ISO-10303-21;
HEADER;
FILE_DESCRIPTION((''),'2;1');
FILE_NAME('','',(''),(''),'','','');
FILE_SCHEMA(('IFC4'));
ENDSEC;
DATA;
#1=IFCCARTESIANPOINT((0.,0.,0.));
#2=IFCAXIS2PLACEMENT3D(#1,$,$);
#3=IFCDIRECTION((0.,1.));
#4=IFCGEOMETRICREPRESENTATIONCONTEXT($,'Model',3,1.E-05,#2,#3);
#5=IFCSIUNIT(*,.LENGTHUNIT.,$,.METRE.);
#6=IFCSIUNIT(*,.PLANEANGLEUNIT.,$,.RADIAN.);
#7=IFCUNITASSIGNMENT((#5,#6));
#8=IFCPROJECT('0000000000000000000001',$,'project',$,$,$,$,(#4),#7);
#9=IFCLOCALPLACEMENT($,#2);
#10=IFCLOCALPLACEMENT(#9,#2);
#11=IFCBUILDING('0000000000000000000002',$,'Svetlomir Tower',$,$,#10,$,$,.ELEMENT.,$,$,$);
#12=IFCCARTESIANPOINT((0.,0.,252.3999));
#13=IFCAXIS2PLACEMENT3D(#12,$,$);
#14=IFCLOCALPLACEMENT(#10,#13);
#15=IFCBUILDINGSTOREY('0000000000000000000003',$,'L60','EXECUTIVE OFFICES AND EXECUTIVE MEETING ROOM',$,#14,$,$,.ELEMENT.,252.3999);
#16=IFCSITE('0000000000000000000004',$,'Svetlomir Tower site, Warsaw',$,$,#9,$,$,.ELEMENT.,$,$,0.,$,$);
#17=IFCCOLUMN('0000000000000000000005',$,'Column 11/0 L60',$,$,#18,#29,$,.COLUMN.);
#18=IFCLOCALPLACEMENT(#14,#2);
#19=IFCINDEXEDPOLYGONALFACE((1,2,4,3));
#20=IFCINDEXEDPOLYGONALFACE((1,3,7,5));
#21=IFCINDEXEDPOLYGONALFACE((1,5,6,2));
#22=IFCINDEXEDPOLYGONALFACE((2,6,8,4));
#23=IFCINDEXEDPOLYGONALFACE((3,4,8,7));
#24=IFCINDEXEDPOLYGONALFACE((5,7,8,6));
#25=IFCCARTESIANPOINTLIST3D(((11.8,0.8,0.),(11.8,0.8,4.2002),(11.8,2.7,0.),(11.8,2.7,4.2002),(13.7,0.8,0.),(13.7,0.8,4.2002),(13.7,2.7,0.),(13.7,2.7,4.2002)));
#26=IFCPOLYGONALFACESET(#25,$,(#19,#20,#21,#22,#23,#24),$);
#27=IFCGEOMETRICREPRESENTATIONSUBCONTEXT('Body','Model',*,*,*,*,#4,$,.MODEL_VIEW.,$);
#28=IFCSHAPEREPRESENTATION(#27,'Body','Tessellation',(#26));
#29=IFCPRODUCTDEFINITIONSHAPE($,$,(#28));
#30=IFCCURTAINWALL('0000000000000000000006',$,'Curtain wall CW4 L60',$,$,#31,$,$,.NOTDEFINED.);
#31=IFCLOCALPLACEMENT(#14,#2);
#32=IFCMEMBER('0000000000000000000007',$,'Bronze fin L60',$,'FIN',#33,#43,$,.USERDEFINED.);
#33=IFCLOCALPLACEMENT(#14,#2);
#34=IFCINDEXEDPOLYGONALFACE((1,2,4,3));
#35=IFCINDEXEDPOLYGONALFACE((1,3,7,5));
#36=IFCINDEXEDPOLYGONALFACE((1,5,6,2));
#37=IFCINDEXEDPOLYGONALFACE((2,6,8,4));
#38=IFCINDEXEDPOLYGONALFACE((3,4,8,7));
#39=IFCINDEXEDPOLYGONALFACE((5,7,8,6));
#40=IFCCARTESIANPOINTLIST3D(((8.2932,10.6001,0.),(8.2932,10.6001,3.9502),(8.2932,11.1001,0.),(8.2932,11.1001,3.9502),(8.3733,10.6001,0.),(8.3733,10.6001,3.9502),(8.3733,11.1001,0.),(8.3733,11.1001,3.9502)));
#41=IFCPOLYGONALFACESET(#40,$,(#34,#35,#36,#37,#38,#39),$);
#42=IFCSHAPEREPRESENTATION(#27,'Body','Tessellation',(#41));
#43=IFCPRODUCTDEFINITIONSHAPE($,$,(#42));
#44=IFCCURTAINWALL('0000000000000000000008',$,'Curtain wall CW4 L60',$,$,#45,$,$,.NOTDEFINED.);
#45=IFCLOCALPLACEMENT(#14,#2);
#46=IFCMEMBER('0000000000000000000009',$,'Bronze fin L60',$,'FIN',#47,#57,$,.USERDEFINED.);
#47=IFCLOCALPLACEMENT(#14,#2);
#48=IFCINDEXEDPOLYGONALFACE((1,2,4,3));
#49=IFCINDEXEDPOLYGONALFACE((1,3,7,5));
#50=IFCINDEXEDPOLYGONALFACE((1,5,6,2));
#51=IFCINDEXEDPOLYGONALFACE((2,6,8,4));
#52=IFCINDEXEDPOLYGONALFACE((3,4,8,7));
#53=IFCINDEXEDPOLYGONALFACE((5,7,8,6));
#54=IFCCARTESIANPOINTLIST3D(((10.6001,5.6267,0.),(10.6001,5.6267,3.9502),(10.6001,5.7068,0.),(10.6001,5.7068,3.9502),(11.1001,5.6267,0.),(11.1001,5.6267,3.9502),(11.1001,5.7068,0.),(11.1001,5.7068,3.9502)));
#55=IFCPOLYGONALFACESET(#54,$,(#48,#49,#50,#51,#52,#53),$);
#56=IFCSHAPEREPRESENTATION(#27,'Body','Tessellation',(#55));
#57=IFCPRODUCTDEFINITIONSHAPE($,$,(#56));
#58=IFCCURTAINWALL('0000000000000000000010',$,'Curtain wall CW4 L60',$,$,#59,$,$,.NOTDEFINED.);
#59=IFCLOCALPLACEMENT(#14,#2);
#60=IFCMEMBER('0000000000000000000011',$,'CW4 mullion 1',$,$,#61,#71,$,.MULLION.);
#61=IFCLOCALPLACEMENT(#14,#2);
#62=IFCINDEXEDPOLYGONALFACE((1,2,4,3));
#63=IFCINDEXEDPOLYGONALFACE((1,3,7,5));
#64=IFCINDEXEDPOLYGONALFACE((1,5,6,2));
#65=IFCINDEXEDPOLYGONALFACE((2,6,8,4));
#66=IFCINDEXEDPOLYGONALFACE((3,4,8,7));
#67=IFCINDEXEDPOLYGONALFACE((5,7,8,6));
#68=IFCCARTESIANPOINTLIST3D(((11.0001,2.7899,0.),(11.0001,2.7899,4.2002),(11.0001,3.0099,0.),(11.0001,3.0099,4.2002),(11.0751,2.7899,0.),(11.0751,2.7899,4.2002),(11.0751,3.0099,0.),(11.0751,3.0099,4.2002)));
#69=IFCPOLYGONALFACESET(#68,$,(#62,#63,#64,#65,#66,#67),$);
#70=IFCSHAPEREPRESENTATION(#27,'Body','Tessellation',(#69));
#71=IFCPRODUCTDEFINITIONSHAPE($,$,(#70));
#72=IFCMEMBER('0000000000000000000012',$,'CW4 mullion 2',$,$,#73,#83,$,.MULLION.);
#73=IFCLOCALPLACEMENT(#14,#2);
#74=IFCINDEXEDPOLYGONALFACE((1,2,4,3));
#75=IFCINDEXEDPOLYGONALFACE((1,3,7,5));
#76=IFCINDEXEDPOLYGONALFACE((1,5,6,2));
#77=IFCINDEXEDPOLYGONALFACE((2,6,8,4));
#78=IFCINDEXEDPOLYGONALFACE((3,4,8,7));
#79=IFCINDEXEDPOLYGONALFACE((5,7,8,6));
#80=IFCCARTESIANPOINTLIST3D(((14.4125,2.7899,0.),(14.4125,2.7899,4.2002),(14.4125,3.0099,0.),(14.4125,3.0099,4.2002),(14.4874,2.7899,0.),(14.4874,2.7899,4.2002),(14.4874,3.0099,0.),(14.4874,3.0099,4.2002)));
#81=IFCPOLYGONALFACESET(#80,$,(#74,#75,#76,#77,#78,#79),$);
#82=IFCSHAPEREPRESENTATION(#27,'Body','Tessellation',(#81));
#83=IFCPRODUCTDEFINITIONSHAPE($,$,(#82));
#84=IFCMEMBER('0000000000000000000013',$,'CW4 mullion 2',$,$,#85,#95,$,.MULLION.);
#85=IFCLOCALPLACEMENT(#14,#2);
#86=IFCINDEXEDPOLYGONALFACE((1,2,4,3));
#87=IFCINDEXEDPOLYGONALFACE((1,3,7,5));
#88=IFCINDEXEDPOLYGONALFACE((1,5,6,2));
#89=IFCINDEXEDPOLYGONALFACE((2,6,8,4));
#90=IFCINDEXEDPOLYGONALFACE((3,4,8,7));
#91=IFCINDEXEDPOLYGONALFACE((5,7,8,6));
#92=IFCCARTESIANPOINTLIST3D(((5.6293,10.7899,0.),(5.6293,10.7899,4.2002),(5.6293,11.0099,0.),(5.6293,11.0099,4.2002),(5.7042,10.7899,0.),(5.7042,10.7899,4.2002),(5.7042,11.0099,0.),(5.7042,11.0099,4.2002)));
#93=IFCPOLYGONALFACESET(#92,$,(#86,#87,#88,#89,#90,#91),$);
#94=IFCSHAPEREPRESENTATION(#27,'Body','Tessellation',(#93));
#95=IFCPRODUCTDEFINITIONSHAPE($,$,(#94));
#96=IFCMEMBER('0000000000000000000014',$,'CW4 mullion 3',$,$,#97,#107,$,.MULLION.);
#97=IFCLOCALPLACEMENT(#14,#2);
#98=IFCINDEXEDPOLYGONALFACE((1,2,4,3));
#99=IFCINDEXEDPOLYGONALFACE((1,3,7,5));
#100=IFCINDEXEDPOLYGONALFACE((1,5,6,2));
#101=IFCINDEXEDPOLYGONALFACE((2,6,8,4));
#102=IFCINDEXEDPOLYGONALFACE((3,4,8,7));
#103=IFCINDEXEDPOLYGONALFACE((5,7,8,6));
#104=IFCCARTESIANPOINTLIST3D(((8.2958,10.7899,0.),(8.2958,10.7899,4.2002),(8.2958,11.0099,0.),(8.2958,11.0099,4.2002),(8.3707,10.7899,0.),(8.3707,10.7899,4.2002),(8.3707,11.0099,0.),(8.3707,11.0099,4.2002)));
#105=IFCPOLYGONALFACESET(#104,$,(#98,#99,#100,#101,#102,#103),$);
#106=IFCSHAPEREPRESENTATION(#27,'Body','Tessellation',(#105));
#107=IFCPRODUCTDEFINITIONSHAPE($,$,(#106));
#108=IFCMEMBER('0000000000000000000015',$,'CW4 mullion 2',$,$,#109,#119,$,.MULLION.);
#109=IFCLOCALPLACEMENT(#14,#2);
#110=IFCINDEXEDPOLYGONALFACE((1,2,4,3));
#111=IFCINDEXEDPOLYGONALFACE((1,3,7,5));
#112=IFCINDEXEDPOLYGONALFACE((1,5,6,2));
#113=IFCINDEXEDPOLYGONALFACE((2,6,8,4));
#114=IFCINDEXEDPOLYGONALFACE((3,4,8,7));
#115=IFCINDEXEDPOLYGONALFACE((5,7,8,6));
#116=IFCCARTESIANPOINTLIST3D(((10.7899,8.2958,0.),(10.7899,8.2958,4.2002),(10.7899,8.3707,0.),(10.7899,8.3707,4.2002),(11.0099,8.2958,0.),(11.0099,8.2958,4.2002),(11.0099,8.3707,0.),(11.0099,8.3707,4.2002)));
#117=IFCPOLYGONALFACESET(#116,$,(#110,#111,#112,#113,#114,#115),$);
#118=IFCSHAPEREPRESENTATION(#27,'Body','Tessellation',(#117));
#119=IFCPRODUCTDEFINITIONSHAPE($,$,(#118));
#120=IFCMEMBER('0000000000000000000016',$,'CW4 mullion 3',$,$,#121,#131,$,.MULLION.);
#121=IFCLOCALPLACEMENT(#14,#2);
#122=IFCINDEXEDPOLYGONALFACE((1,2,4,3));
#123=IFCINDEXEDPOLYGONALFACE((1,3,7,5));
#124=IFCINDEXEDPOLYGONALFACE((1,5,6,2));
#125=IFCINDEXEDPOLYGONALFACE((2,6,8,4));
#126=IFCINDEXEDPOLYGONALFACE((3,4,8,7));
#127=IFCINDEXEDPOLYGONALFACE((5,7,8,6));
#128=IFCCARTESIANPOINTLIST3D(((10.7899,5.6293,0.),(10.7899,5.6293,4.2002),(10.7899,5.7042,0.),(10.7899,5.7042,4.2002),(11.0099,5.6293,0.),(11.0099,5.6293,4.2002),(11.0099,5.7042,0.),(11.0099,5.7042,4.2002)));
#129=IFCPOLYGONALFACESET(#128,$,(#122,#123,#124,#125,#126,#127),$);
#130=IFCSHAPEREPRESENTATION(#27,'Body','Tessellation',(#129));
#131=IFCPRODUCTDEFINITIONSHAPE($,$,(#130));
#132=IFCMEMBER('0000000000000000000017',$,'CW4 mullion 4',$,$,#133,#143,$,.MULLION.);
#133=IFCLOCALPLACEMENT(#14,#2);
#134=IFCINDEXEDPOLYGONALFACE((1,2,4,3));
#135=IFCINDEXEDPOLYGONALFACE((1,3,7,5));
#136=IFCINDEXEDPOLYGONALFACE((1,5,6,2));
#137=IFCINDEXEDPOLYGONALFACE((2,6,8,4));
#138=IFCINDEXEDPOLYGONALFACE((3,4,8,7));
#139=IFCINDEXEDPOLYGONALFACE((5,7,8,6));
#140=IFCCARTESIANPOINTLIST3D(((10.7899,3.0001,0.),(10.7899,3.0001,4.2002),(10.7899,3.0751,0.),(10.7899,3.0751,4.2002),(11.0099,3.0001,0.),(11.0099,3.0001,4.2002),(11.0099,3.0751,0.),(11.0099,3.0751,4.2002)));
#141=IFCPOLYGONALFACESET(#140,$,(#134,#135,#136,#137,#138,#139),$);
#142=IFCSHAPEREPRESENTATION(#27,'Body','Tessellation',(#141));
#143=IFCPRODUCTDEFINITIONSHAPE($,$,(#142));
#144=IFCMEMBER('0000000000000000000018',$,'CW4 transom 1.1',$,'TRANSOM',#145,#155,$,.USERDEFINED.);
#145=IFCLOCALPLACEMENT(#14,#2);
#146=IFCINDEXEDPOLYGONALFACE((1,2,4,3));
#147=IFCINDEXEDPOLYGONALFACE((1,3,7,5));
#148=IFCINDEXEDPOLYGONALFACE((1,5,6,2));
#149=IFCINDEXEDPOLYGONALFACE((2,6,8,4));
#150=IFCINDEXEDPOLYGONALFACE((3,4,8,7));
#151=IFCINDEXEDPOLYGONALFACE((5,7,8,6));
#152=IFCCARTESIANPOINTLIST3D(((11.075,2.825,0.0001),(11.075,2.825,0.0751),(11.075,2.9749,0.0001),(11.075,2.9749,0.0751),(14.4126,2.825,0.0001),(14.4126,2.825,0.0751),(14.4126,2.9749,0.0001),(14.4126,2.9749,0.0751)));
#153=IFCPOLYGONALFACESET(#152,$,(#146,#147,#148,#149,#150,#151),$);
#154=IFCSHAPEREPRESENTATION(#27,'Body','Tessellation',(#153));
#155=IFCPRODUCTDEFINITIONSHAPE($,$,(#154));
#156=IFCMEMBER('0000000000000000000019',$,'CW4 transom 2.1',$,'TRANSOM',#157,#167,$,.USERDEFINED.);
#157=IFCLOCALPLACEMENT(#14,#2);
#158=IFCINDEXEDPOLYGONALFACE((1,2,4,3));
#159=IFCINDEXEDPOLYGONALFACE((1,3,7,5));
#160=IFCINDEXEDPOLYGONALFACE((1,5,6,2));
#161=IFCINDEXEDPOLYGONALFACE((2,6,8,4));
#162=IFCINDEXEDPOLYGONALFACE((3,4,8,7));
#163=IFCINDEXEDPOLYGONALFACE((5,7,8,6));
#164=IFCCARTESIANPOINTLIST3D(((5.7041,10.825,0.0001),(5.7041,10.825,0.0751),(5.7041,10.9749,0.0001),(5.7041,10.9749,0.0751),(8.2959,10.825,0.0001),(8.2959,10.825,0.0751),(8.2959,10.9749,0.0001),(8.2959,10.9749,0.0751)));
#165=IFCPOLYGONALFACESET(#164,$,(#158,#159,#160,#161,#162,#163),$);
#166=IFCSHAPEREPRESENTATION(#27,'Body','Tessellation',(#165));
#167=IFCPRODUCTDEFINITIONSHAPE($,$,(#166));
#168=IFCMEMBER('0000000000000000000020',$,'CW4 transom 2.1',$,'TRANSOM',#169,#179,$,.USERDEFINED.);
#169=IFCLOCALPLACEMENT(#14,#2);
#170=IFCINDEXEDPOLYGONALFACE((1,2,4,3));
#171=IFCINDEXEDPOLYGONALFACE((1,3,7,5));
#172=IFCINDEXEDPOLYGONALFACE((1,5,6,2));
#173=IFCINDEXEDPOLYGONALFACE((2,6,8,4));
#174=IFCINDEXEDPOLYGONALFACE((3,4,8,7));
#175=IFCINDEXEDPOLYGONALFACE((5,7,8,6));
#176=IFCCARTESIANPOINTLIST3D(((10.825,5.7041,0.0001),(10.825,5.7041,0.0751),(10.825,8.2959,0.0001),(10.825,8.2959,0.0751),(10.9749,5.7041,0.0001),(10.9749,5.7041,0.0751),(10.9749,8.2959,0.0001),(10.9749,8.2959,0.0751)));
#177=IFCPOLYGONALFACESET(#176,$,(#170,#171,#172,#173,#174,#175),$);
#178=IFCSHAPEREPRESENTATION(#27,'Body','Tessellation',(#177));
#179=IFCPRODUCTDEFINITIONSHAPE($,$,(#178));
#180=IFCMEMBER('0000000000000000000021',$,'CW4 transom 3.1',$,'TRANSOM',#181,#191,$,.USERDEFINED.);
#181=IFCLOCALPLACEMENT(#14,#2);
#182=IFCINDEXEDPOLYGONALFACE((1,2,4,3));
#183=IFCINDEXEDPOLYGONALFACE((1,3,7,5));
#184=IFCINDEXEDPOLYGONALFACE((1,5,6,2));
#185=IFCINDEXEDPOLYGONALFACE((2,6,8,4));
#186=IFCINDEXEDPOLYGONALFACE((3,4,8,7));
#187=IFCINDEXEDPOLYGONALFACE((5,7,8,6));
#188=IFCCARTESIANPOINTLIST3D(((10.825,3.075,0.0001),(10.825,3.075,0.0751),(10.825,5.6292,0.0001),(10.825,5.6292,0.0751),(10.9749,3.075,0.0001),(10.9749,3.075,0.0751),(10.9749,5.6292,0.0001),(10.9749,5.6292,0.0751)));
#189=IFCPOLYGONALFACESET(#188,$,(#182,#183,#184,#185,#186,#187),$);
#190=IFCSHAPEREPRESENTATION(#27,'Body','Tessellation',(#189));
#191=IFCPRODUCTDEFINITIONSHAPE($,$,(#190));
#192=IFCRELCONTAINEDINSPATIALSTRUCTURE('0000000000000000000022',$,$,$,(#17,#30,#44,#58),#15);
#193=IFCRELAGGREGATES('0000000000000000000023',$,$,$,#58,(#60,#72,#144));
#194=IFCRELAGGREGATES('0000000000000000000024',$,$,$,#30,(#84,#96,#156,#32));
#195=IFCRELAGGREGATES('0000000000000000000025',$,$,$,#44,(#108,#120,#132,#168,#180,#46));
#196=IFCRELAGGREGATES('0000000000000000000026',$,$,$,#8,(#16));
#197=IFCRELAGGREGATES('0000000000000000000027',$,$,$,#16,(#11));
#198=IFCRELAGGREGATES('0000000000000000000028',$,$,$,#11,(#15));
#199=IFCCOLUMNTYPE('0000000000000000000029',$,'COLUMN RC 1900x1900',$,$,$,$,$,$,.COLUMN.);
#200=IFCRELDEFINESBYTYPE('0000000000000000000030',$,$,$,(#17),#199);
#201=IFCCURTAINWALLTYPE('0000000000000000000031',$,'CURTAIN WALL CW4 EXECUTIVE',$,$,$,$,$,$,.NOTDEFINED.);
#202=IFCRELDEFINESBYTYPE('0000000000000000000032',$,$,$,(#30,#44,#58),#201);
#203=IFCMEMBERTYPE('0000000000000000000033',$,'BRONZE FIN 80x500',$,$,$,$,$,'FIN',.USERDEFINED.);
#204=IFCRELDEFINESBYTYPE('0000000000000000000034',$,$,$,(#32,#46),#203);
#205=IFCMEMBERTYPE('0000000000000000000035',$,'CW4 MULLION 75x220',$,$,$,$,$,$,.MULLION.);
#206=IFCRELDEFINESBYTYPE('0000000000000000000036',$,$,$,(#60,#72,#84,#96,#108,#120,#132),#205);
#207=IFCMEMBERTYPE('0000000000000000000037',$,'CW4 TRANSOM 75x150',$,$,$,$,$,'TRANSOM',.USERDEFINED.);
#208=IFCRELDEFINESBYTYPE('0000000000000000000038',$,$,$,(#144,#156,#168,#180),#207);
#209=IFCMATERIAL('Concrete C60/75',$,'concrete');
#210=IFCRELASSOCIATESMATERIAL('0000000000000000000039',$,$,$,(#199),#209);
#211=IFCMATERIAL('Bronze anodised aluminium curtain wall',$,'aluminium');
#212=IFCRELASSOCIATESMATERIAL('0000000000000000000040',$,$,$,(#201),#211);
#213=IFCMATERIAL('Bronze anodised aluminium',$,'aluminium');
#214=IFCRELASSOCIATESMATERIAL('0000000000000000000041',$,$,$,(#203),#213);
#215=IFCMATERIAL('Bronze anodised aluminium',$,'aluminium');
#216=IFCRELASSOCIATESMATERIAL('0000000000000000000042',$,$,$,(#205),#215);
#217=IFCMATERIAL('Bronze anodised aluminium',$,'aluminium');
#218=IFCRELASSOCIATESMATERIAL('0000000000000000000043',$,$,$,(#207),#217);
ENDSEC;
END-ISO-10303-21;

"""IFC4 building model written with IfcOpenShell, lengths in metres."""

from ifc_helpers import new_model, si_unit, direction, frame, origin, origin_2d, place, context, subcontext, project, spatial, rectangle, extrude, material, material_profile, profile_set, type_object, element, aggregate, save


model = new_model("IFC4")

# Units and contexts
model_context = context("Model", 3, precision=1e-05, world=origin(), true_north=direction((0.0, 1.0)))
body_context = subcontext(model_context, "Body", "Model", "MODEL_VIEW")
ifc_project = project(units=[si_unit("LENGTHUNIT", "METRE"), si_unit("PLANEANGLEUNIT", "RADIAN")], contexts=[model_context])

# Site, building, storey
site_placement = place(None, origin())
site = spatial("IfcSite", under=ifc_project, at=site_placement, Name="Svetlomir Tower site, Warsaw", CompositionType="ELEMENT", RefElevation=0.0)
building_placement = place(site_placement, origin())
building = spatial("IfcBuilding", under=site, at=building_placement, Name="Svetlomir Tower", CompositionType="ELEMENT")
storey_placement = place(building_placement, frame((0.0, 0.0, 252.3999)))
storey = spatial("IfcBuildingStorey", under=building, at=storey_placement, Name="L60", Description="EXECUTIVE OFFICES AND EXECUTIVE MEETING ROOM", CompositionType="ELEMENT", Elevation=252.3999)

# Column
ifc_material_1 = material(Name="Concrete C60/75", Category="concrete")
ifc_material_profile_1 = material_profile(ifc_material_1, rectangle(XDim=1.8999, YDim=1.8999, at=origin_2d()), Name="RC 1900x1900")
ifc_profile_set_1 = profile_set([ifc_material_profile_1], Name="Concrete C60/75")
column_type = type_object("IfcColumnType", Name="COLUMN RC 1900x1900", PredefinedType="COLUMN", material=ifc_profile_set_1)
column_placement = place(storey_placement, frame((12.75, 1.75, 0.0), z_axis=(0.0, 0.0, 1.0), x_axis=(1.0, 0.0, 0.0)))
element("IfcColumn", 1, at=column_placement, inside=storey, type_object=column_type, Name="Column 11/0 L60", PredefinedType="COLUMN", context=body_context, shape_type="SweptSolid", body=[
    extrude(rectangle(XDim=1.8999, YDim=1.8999, at=origin_2d()), origin(), (0.0, 0.0, 1.0), 4.2002),
])

# Curtain walls, members
ifc_material_2 = material(Name="Bronze anodised aluminium curtain wall", Category="aluminium")
curtain_wall_type = type_object("IfcCurtainWallType", Name="CURTAIN WALL CW4 EXECUTIVE", PredefinedType="NOTDEFINED", material=ifc_material_2)
curtain_wall_1_placement = place(storey_placement, origin())
curtain_wall_1 = element("IfcCurtainWall", 2, at=curtain_wall_1_placement, inside=storey, type_object=curtain_wall_type, Name="Curtain wall CW4 L60", PredefinedType="NOTDEFINED")
ifc_material_3 = material(Name="Bronze anodised aluminium", Category="aluminium")
ifc_material_profile_2 = material_profile(ifc_material_3, rectangle(XDim=0.0801, YDim=0.5, at=origin_2d()), Name="FIN 80x500")
ifc_profile_set_2 = profile_set([ifc_material_profile_2], Name="Bronze anodised aluminium 6063-T6")
member_type_1 = type_object("IfcMemberType", Name="BRONZE FIN 80x500", ElementType="FIN", PredefinedType="USERDEFINED", material=ifc_profile_set_2)
member_1_placement = place(storey_placement, frame((8.3333, 10.8501, 0.0), z_axis=(0.0, 0.0, 1.0), x_axis=(1.0, 0.0, 0.0)))
member_1 = element("IfcMember", 3, at=member_1_placement, type_object=member_type_1, Name="Bronze fin L60", ObjectType="FIN", PredefinedType="USERDEFINED", context=body_context, shape_type="SweptSolid", body=[
    extrude(rectangle(XDim=0.0801, YDim=0.5, at=origin_2d()), origin(), (0.0, 0.0, 1.0), 3.9502),
])
curtain_wall_2_placement = place(storey_placement, origin())
curtain_wall_2 = element("IfcCurtainWall", 4, at=curtain_wall_2_placement, inside=storey, type_object=curtain_wall_type, Name="Curtain wall CW4 L60", PredefinedType="NOTDEFINED")
member_2_placement = place(storey_placement, frame((10.8501, 5.6667, 0.0), z_axis=(0.0, 0.0, 1.0), x_axis=(0.0, 1.0, 0.0)))
member_2 = element("IfcMember", 5, at=member_2_placement, type_object=member_type_1, Name="Bronze fin L60", ObjectType="FIN", PredefinedType="USERDEFINED", context=body_context, shape_type="SweptSolid", body=[
    extrude(rectangle(XDim=0.0801, YDim=0.5, at=origin_2d()), origin(), (0.0, 0.0, 1.0), 3.9502),
])

# Curtain wall, members
curtain_wall_3_placement = place(storey_placement, origin())
curtain_wall_3 = element("IfcCurtainWall", 6, at=curtain_wall_3_placement, inside=storey, type_object=curtain_wall_type, Name="Curtain wall CW4 L60", PredefinedType="NOTDEFINED")
ifc_material_4 = material(Name="Bronze anodised aluminium", Category="aluminium")
ifc_material_profile_3 = material_profile(ifc_material_4, rectangle(XDim=0.075, YDim=0.22, at=origin_2d()), Name="AL 75x220")
ifc_profile_set_3 = profile_set([ifc_material_profile_3], Name="Bronze anodised aluminium 6063-T6")
member_type_2 = type_object("IfcMemberType", Name="CW4 MULLION 75x220", PredefinedType="MULLION", material=ifc_profile_set_3)
member_3_placement = place(storey_placement, frame((11.0376, 2.8999, 0.0), z_axis=(0.0, 0.0, 1.0), x_axis=(1.0, 0.0, 0.0)))
member_3 = element("IfcMember", 7, at=member_3_placement, type_object=member_type_2, Name="CW4 mullion 1", PredefinedType="MULLION", context=body_context, shape_type="SweptSolid", body=[
    extrude(rectangle(XDim=0.075, YDim=0.22, at=origin_2d()), origin(), (0.0, 0.0, 1.0), 4.2002),
])
member_4_placement = place(storey_placement, frame((14.45, 2.8999, 0.0), z_axis=(0.0, 0.0, 1.0), x_axis=(1.0, 0.0, 0.0)))
member_4 = element("IfcMember", 8, at=member_4_placement, type_object=member_type_2, Name="CW4 mullion 2", PredefinedType="MULLION", context=body_context, shape_type="SweptSolid", body=[
    extrude(rectangle(XDim=0.075, YDim=0.22, at=origin_2d()), origin(), (0.0, 0.0, 1.0), 4.2002),
])

# Members
member_5_placement = place(storey_placement, frame((5.6667, 10.8999, 0.0), z_axis=(0.0, 0.0, 1.0), x_axis=(1.0, 0.0, 0.0)))
member_5 = element("IfcMember", 9, at=member_5_placement, type_object=member_type_2, Name="CW4 mullion 2", PredefinedType="MULLION", context=body_context, shape_type="SweptSolid", body=[
    extrude(rectangle(XDim=0.075, YDim=0.22, at=origin_2d()), origin(), (0.0, 0.0, 1.0), 4.2002),
])
member_6_placement = place(storey_placement, frame((8.3333, 10.8999, 0.0), z_axis=(0.0, 0.0, 1.0), x_axis=(1.0, 0.0, 0.0)))
member_6 = element("IfcMember", 10, at=member_6_placement, type_object=member_type_2, Name="CW4 mullion 3", PredefinedType="MULLION", context=body_context, shape_type="SweptSolid", body=[
    extrude(rectangle(XDim=0.075, YDim=0.22, at=origin_2d()), origin(), (0.0, 0.0, 1.0), 4.2002),
])
member_7_placement = place(storey_placement, frame((10.8999, 8.3333, 0.0), z_axis=(0.0, 0.0, 1.0), x_axis=(0.0, -1.0, 0.0)))
member_7 = element("IfcMember", 11, at=member_7_placement, type_object=member_type_2, Name="CW4 mullion 2", PredefinedType="MULLION", context=body_context, shape_type="SweptSolid", body=[
    extrude(rectangle(XDim=0.075, YDim=0.22, at=origin_2d()), origin(), (0.0, 0.0, 1.0), 4.2002),
])
member_8_placement = place(storey_placement, frame((10.8999, 5.6667, 0.0), z_axis=(0.0, 0.0, 1.0), x_axis=(0.0, -1.0, 0.0)))
member_8 = element("IfcMember", 12, at=member_8_placement, type_object=member_type_2, Name="CW4 mullion 3", PredefinedType="MULLION", context=body_context, shape_type="SweptSolid", body=[
    extrude(rectangle(XDim=0.075, YDim=0.22, at=origin_2d()), origin(), (0.0, 0.0, 1.0), 4.2002),
])
member_9_placement = place(storey_placement, frame((10.8999, 3.0376, 0.0), z_axis=(0.0, 0.0, 1.0), x_axis=(0.0, -1.0, 0.0)))
member_9 = element("IfcMember", 13, at=member_9_placement, type_object=member_type_2, Name="CW4 mullion 4", PredefinedType="MULLION", context=body_context, shape_type="SweptSolid", body=[
    extrude(rectangle(XDim=0.075, YDim=0.22, at=origin_2d()), origin(), (0.0, 0.0, 1.0), 4.2002),
])
ifc_material_5 = material(Name="Bronze anodised aluminium", Category="aluminium")
ifc_material_profile_4 = material_profile(ifc_material_5, rectangle(XDim=0.1499, YDim=0.075, at=origin_2d()), Name="AL 150x75")
ifc_profile_set_4 = profile_set([ifc_material_profile_4], Name="Bronze anodised aluminium 6063-T6")
member_type_3 = type_object("IfcMemberType", Name="CW4 TRANSOM 75x150", ElementType="TRANSOM", PredefinedType="USERDEFINED", material=ifc_profile_set_4)
member_10_placement = place(storey_placement, frame((11.075, 2.8999, 0.0376), z_axis=(1.0, 0.0, 0.0), x_axis=(0.0, 1.0, 0.0)))
member_10 = element("IfcMember", 14, at=member_10_placement, type_object=member_type_3, Name="CW4 transom 1.1", ObjectType="TRANSOM", PredefinedType="USERDEFINED", context=body_context, shape_type="SweptSolid", body=[
    extrude(rectangle(XDim=0.1499, YDim=0.075, at=origin_2d()), origin(), (0.0, 0.0, 1.0), 3.3376),
])
member_11_placement = place(storey_placement, frame((5.7041, 10.8999, 0.0376), z_axis=(1.0, 0.0, 0.0), x_axis=(0.0, 1.0, 0.0)))
member_11 = element("IfcMember", 15, at=member_11_placement, type_object=member_type_3, Name="CW4 transom 2.1", ObjectType="TRANSOM", PredefinedType="USERDEFINED", context=body_context, shape_type="SweptSolid", body=[
    extrude(rectangle(XDim=0.1499, YDim=0.075, at=origin_2d()), origin(), (0.0, 0.0, 1.0), 2.5918),
])
member_12_placement = place(storey_placement, frame((10.8999, 8.2959, 0.0376), z_axis=(0.0, -1.0, 0.0), x_axis=(1.0, 0.0, 0.0)))
member_12 = element("IfcMember", 16, at=member_12_placement, type_object=member_type_3, Name="CW4 transom 2.1", ObjectType="TRANSOM", PredefinedType="USERDEFINED", context=body_context, shape_type="SweptSolid", body=[
    extrude(rectangle(XDim=0.1499, YDim=0.075, at=origin_2d()), origin(), (0.0, 0.0, 1.0), 2.5918),
])
member_13_placement = place(storey_placement, frame((10.8999, 5.6292, 0.0376), z_axis=(0.0, -1.0, 0.0), x_axis=(1.0, 0.0, 0.0)))
member_13 = element("IfcMember", 17, at=member_13_placement, type_object=member_type_3, Name="CW4 transom 3.1", ObjectType="TRANSOM", PredefinedType="USERDEFINED", context=body_context, shape_type="SweptSolid", body=[
    extrude(rectangle(XDim=0.1499, YDim=0.075, at=origin_2d()), origin(), (0.0, 0.0, 1.0), 2.5542),
])

aggregate(curtain_wall_3, [member_3, member_4, member_10])
aggregate(curtain_wall_1, [member_5, member_6, member_11, member_1])
aggregate(curtain_wall_2, [member_7, member_8, member_9, member_12, member_13, member_2])

save(model, "model.ifc")
